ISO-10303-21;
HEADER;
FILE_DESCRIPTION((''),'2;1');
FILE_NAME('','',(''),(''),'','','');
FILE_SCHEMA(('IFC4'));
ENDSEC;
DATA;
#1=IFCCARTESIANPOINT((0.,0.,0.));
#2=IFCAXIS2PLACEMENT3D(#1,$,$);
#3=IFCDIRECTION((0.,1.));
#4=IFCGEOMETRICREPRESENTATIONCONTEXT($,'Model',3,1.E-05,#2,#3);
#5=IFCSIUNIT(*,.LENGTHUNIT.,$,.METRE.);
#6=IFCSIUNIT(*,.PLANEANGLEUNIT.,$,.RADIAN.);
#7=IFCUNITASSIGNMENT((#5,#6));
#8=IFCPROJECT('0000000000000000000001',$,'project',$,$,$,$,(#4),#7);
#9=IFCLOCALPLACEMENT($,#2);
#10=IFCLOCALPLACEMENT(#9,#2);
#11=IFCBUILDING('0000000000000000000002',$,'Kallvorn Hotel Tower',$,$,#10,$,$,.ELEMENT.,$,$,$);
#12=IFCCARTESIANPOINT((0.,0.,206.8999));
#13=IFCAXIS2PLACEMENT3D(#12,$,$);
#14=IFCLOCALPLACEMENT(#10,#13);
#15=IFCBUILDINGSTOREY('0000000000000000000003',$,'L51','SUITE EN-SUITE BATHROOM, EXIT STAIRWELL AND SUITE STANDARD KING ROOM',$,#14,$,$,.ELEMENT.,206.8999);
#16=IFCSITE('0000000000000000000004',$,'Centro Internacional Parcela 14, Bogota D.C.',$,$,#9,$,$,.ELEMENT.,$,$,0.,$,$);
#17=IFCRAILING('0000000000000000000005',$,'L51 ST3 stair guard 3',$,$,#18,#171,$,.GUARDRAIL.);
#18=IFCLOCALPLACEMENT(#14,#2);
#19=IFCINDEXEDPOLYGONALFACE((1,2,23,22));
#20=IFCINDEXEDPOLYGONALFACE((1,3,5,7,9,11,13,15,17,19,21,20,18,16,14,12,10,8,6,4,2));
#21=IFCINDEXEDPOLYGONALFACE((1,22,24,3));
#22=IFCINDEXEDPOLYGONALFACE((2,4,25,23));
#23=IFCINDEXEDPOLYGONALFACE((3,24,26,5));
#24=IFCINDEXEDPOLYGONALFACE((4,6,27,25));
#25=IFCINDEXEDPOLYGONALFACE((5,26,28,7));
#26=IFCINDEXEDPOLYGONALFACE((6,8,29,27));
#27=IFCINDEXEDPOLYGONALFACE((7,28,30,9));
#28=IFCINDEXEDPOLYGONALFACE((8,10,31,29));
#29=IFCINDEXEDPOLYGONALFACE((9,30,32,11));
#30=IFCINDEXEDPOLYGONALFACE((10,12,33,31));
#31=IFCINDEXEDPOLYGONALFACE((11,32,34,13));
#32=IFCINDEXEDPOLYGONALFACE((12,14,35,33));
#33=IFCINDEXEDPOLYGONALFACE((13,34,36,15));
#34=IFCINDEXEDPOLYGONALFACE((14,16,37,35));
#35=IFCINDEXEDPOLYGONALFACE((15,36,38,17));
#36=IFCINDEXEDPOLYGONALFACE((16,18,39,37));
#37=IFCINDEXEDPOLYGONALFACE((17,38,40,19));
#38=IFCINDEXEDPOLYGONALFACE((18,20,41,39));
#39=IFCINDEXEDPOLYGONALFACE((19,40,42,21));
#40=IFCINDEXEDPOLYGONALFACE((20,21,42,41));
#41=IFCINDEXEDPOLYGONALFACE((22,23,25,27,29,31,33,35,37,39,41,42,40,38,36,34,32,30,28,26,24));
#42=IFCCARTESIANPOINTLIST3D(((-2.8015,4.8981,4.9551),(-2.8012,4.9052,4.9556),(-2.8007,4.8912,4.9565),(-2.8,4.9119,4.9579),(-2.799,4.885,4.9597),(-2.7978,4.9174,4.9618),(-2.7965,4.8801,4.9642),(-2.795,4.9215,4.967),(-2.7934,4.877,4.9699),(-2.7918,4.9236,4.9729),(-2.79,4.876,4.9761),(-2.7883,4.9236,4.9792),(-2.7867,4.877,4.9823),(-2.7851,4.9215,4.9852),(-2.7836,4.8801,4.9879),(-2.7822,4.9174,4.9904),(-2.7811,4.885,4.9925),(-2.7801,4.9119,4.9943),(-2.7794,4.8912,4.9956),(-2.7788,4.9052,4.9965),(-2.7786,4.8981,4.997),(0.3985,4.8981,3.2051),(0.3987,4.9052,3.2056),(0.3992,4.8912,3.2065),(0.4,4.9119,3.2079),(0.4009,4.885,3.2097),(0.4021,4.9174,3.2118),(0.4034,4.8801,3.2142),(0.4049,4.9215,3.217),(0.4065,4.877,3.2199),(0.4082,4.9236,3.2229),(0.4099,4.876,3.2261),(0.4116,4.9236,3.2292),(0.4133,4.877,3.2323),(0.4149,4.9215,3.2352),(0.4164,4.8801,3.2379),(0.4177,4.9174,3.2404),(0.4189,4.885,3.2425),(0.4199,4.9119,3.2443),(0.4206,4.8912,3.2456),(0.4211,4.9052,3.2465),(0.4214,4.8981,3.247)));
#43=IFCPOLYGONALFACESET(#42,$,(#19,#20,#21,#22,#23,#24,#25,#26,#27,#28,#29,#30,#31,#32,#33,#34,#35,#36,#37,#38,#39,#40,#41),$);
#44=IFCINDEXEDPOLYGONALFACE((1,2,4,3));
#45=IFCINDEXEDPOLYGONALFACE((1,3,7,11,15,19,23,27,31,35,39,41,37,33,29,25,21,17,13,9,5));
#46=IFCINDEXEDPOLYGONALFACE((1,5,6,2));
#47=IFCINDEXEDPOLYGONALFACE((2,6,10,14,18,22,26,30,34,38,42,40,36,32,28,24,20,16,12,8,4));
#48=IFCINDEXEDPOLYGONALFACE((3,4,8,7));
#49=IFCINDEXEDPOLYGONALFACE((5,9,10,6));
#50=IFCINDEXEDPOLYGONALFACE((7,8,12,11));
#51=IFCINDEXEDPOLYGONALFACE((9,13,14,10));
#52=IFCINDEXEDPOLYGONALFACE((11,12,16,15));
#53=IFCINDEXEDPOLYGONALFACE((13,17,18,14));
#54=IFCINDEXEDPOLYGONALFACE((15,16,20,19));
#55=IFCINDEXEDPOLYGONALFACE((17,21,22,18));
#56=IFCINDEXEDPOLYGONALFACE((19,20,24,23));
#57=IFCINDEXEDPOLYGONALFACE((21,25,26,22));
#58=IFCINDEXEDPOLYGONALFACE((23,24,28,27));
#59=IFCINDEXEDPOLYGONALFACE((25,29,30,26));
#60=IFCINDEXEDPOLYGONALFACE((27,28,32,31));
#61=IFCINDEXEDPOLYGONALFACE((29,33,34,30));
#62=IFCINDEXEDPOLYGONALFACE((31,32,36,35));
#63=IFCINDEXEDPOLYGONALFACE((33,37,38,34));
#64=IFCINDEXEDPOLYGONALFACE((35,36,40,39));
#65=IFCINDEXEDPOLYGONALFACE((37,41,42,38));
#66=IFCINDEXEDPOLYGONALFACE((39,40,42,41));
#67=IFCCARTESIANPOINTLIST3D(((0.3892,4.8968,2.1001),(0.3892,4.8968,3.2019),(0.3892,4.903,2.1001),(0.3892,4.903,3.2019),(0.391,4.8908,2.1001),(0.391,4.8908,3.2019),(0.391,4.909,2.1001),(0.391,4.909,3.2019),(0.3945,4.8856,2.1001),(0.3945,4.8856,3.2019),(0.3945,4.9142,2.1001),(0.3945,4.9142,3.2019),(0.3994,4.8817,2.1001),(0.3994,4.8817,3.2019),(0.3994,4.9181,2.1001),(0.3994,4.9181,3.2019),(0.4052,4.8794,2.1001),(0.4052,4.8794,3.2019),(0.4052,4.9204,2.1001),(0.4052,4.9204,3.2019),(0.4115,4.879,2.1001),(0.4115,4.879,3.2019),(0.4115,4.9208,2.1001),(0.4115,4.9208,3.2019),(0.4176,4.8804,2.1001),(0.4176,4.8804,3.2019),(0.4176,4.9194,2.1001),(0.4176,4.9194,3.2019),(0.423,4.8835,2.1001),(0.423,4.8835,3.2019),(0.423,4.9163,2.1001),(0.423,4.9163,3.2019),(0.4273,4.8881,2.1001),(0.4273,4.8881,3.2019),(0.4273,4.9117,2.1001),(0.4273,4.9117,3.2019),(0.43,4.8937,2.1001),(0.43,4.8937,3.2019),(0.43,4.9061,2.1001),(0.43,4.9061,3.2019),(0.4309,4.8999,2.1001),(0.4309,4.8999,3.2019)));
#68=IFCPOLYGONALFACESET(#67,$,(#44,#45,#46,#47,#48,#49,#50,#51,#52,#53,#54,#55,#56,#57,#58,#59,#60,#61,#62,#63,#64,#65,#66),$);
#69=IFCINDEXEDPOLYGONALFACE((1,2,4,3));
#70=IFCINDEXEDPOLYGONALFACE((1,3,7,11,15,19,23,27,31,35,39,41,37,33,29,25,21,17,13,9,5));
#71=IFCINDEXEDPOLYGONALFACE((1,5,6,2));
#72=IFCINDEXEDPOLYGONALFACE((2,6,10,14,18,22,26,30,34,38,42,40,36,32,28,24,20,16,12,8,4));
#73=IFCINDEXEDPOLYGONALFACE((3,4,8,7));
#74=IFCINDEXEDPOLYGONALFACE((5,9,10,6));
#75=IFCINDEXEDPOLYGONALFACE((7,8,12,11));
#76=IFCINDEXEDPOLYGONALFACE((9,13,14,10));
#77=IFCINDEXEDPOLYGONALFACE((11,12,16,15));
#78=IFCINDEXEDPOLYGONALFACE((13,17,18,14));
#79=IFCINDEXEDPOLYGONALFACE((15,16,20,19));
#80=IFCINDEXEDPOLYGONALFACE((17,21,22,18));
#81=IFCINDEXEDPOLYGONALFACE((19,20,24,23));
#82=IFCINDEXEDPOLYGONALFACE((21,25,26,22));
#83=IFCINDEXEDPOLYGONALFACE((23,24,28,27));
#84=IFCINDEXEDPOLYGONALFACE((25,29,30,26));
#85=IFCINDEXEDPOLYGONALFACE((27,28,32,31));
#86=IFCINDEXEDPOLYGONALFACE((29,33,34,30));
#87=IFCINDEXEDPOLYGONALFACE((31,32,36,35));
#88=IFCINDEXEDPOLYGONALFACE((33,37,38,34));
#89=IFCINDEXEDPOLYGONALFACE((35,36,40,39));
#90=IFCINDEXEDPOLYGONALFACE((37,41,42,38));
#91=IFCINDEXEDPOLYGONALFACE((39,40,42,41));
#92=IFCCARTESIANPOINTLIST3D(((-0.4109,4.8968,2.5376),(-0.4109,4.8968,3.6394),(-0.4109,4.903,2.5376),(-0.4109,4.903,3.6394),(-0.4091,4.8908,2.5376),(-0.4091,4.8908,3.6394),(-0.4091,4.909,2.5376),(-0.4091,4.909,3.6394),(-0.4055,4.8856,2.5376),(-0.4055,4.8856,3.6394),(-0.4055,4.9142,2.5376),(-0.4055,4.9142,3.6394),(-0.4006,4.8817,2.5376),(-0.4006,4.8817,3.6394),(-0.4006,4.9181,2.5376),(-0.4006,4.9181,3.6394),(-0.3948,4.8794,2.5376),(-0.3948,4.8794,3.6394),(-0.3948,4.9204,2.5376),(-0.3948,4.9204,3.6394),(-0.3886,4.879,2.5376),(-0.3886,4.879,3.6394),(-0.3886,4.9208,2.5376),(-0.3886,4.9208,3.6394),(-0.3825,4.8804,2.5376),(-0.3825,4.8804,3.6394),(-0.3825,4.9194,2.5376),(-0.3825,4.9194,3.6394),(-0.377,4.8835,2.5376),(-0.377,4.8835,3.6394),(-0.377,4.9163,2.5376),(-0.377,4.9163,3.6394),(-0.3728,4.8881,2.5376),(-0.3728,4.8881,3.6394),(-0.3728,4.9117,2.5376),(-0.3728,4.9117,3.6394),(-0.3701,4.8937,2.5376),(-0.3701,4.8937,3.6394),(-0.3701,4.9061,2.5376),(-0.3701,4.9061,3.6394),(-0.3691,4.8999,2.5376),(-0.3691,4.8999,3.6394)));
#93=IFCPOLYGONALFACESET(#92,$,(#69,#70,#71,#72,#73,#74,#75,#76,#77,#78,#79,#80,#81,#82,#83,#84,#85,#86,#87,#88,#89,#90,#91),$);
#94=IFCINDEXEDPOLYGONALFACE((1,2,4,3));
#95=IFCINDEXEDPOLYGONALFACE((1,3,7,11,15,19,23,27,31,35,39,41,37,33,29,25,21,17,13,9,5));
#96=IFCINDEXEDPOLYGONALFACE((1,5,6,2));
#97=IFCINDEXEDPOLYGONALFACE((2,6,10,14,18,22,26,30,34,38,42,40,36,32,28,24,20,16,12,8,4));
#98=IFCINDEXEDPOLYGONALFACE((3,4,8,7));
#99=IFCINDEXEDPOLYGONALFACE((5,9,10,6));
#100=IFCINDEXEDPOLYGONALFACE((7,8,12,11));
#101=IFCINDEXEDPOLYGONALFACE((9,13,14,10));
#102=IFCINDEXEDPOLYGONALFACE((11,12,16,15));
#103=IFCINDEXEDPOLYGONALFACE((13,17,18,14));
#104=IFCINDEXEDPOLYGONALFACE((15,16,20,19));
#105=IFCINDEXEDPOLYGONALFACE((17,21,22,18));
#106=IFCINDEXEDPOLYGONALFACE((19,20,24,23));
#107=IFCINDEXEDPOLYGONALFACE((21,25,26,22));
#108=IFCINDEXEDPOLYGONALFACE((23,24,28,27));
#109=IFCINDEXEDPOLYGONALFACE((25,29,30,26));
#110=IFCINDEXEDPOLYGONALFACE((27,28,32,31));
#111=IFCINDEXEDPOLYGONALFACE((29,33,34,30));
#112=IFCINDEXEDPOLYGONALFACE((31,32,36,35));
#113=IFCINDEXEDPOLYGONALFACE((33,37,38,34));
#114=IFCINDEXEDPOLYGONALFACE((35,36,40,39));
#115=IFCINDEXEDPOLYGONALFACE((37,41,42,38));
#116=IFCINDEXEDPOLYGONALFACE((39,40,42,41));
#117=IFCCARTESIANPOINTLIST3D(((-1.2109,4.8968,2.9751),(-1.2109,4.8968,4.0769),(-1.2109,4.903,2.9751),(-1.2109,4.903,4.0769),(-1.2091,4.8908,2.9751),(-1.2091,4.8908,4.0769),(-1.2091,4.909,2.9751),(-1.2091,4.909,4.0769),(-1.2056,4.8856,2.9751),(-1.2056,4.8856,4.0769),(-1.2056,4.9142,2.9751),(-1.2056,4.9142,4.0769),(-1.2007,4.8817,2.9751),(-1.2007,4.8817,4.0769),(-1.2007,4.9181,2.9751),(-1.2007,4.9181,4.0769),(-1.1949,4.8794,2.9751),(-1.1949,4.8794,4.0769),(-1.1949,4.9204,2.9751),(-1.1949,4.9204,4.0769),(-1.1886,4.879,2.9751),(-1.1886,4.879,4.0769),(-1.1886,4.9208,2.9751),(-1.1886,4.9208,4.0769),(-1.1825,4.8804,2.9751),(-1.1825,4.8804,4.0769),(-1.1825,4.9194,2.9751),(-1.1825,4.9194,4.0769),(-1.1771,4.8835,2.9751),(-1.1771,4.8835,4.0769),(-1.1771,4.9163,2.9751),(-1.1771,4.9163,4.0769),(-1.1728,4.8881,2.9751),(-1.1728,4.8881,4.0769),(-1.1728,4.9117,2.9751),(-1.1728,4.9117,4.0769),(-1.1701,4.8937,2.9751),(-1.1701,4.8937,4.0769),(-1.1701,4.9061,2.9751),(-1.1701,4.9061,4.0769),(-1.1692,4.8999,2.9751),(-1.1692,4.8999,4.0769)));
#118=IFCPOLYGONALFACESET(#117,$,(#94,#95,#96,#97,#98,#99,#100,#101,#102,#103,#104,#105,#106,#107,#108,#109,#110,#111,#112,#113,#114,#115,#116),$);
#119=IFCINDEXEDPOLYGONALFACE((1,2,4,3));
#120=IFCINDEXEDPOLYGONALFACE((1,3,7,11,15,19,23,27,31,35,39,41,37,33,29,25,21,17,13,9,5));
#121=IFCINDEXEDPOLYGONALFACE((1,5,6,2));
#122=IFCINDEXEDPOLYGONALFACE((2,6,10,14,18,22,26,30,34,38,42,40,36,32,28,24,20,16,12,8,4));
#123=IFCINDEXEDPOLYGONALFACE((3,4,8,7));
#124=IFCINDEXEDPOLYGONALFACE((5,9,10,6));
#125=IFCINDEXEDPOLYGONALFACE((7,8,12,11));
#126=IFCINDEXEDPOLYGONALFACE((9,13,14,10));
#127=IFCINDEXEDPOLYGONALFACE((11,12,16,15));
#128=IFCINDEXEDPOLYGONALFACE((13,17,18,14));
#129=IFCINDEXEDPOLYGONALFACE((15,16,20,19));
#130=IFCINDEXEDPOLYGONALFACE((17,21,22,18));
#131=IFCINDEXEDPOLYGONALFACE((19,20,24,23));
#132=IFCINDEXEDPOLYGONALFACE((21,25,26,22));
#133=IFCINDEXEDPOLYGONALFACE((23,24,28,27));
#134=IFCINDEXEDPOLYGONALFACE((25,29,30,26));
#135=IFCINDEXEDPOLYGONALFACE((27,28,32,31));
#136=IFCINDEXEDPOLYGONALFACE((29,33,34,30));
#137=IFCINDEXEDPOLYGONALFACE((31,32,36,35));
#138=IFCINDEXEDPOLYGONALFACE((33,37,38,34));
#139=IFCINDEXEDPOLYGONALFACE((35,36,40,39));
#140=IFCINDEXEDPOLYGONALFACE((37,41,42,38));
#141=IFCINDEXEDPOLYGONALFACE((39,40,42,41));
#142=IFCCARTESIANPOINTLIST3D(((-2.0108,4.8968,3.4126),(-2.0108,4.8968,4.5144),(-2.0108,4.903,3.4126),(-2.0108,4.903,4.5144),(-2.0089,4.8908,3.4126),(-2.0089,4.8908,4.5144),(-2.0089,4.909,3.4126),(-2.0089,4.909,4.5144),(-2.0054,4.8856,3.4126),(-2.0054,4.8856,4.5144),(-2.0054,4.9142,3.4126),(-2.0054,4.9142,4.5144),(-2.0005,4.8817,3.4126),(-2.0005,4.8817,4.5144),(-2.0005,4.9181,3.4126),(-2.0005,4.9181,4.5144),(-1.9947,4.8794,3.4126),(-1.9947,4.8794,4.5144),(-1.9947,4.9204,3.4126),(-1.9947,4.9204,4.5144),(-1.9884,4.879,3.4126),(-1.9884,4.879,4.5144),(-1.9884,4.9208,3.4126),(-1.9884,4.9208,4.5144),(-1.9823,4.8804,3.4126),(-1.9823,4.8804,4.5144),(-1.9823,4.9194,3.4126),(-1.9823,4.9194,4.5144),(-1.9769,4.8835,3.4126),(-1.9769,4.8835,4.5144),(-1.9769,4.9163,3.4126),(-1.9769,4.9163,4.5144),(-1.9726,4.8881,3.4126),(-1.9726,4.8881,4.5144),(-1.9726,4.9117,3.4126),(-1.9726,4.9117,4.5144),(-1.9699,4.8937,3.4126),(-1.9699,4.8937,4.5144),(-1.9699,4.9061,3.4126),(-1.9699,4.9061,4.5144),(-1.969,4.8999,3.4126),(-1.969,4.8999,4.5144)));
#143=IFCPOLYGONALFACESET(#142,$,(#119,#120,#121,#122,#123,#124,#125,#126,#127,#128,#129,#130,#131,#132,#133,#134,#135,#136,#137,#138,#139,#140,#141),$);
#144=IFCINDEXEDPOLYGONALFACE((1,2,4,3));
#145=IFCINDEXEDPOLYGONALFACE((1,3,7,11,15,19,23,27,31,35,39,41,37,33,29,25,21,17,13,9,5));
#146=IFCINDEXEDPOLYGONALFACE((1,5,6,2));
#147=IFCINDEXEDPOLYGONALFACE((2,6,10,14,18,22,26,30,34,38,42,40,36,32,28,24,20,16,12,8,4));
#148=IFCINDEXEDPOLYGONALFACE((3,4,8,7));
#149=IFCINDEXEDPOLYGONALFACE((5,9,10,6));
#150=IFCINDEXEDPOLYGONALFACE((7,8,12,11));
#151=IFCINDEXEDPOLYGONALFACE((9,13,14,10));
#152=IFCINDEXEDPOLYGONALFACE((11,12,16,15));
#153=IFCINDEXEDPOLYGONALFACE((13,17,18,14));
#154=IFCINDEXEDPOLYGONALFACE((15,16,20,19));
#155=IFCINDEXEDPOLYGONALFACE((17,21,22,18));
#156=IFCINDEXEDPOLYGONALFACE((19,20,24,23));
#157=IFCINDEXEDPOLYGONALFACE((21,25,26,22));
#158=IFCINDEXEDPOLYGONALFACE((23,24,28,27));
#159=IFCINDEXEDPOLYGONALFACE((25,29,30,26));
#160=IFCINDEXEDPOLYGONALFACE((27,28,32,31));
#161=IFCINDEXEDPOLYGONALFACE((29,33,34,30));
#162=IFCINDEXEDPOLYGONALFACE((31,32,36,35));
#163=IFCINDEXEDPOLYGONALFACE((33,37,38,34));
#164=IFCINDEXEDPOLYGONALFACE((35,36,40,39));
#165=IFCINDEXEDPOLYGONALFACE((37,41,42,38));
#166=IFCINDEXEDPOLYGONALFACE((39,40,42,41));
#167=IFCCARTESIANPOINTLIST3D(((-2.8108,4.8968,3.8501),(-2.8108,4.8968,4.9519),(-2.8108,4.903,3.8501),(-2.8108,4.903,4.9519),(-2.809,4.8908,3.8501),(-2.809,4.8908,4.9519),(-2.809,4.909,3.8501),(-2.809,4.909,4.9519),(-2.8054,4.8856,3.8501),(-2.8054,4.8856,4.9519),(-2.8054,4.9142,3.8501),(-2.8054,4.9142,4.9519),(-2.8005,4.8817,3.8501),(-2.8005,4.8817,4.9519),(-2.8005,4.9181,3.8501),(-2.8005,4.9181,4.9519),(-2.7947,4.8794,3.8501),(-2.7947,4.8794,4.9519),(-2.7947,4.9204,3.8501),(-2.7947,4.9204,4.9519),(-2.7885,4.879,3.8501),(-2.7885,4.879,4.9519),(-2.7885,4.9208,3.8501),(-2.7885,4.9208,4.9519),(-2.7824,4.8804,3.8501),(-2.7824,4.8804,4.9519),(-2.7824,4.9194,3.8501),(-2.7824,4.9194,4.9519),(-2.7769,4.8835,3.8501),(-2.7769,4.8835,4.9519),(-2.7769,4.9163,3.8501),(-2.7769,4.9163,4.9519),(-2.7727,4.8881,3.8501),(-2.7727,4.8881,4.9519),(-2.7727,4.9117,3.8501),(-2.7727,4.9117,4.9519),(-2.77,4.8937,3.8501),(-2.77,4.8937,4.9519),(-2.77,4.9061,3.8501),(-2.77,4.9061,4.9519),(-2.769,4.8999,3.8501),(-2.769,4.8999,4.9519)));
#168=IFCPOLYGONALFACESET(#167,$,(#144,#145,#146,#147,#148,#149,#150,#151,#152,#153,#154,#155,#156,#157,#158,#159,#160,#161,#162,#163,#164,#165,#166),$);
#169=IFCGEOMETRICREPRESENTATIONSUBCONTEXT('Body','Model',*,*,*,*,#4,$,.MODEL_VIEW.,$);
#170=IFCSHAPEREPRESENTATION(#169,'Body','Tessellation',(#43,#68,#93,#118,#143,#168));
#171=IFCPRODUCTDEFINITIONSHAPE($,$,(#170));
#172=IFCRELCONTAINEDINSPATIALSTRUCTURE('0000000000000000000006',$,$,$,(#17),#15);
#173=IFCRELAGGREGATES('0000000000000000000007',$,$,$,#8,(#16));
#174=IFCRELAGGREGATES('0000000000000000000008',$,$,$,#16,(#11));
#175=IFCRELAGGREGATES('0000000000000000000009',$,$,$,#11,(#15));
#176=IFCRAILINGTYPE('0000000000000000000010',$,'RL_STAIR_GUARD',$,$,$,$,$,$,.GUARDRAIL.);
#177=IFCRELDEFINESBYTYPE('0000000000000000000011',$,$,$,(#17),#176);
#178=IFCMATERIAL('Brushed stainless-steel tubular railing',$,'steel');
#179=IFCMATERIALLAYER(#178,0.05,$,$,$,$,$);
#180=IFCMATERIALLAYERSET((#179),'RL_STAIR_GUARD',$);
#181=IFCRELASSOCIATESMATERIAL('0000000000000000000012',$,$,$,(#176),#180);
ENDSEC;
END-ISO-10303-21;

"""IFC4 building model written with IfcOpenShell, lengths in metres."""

from ifc_helpers import new_model, si_unit, direction, frame, origin, origin_2d, place, context, subcontext, project, spatial, circle, extrude, material, layer, layer_set, type_object, element, save


model = new_model("IFC4")

# Units and contexts
model_context = context("Model", 3, precision=1e-05, world=origin(), true_north=direction((0.0, 1.0)))
body_context = subcontext(model_context, "Body", "Model", "MODEL_VIEW")
ifc_project = project(units=[si_unit("LENGTHUNIT", "METRE"), si_unit("PLANEANGLEUNIT", "RADIAN")], contexts=[model_context])

# Site, building, storey
site_placement = place(None, origin())
site = spatial("IfcSite", under=ifc_project, at=site_placement, Name="Centro Internacional Parcela 14, Bogota D.C.", CompositionType="ELEMENT", RefElevation=0.0)
building_placement = place(site_placement, origin())
building = spatial("IfcBuilding", under=site, at=building_placement, Name="Kallvorn Hotel Tower", CompositionType="ELEMENT")
storey_placement = place(building_placement, frame((0.0, 0.0, 206.8999)))
storey = spatial("IfcBuildingStorey", under=building, at=storey_placement, Name="L51", Description="SUITE EN-SUITE BATHROOM, EXIT STAIRWELL AND SUITE STANDARD KING ROOM", CompositionType="ELEMENT", Elevation=206.8999)

# Railing
ifc_material_1 = material(Name="Brushed stainless-steel tubular railing", Category="steel")
ifc_layer_1 = layer(ifc_material_1, 0.05)
ifc_layer_set_1 = layer_set([ifc_layer_1], Name="RL_STAIR_GUARD")
railing_type_1 = type_object("IfcRailingType", Name="RL_STAIR_GUARD", PredefinedType="GUARDRAIL", material=ifc_layer_set_1)
railing_1_placement = place(storey_placement, frame((0.4099, 4.8999, 2.1001)))
element("IfcRailing", 1, at=railing_1_placement, inside=storey, type_object=railing_type_1, Name="L51 ST3 stair guard 3", PredefinedType="GUARDRAIL", context=body_context, shape_type="SweptSolid", body=[
    extrude(circle(Radius=0.0239, at=origin_2d()), frame((0.0, 0.0, 1.126), z_axis=(-0.877368, 0.0, 0.479818), x_axis=(0.0, -1.0, 0.0)), (0.0, 0.0, 1.0), 3.6472),
    extrude(circle(Radius=0.021, at=origin_2d()), origin(), (0.0, 0.0, 1.0), 1.1018),
    extrude(circle(Radius=0.021, at=origin_2d()), frame((-0.8, 0.0, 0.4375)), (0.0, 0.0, 1.0), 1.1018),
    extrude(circle(Radius=0.021, at=origin_2d()), frame((-1.6001, 0.0, 0.875)), (0.0, 0.0, 1.0), 1.1018),
    extrude(circle(Radius=0.021, at=origin_2d()), frame((-2.3999, 0.0, 1.3125)), (0.0, 0.0, 1.0), 1.1018),
    extrude(circle(Radius=0.021, at=origin_2d()), frame((-3.2, 0.0, 1.75)), (0.0, 0.0, 1.0), 1.1018),
])

save(model, "model.ifc")
